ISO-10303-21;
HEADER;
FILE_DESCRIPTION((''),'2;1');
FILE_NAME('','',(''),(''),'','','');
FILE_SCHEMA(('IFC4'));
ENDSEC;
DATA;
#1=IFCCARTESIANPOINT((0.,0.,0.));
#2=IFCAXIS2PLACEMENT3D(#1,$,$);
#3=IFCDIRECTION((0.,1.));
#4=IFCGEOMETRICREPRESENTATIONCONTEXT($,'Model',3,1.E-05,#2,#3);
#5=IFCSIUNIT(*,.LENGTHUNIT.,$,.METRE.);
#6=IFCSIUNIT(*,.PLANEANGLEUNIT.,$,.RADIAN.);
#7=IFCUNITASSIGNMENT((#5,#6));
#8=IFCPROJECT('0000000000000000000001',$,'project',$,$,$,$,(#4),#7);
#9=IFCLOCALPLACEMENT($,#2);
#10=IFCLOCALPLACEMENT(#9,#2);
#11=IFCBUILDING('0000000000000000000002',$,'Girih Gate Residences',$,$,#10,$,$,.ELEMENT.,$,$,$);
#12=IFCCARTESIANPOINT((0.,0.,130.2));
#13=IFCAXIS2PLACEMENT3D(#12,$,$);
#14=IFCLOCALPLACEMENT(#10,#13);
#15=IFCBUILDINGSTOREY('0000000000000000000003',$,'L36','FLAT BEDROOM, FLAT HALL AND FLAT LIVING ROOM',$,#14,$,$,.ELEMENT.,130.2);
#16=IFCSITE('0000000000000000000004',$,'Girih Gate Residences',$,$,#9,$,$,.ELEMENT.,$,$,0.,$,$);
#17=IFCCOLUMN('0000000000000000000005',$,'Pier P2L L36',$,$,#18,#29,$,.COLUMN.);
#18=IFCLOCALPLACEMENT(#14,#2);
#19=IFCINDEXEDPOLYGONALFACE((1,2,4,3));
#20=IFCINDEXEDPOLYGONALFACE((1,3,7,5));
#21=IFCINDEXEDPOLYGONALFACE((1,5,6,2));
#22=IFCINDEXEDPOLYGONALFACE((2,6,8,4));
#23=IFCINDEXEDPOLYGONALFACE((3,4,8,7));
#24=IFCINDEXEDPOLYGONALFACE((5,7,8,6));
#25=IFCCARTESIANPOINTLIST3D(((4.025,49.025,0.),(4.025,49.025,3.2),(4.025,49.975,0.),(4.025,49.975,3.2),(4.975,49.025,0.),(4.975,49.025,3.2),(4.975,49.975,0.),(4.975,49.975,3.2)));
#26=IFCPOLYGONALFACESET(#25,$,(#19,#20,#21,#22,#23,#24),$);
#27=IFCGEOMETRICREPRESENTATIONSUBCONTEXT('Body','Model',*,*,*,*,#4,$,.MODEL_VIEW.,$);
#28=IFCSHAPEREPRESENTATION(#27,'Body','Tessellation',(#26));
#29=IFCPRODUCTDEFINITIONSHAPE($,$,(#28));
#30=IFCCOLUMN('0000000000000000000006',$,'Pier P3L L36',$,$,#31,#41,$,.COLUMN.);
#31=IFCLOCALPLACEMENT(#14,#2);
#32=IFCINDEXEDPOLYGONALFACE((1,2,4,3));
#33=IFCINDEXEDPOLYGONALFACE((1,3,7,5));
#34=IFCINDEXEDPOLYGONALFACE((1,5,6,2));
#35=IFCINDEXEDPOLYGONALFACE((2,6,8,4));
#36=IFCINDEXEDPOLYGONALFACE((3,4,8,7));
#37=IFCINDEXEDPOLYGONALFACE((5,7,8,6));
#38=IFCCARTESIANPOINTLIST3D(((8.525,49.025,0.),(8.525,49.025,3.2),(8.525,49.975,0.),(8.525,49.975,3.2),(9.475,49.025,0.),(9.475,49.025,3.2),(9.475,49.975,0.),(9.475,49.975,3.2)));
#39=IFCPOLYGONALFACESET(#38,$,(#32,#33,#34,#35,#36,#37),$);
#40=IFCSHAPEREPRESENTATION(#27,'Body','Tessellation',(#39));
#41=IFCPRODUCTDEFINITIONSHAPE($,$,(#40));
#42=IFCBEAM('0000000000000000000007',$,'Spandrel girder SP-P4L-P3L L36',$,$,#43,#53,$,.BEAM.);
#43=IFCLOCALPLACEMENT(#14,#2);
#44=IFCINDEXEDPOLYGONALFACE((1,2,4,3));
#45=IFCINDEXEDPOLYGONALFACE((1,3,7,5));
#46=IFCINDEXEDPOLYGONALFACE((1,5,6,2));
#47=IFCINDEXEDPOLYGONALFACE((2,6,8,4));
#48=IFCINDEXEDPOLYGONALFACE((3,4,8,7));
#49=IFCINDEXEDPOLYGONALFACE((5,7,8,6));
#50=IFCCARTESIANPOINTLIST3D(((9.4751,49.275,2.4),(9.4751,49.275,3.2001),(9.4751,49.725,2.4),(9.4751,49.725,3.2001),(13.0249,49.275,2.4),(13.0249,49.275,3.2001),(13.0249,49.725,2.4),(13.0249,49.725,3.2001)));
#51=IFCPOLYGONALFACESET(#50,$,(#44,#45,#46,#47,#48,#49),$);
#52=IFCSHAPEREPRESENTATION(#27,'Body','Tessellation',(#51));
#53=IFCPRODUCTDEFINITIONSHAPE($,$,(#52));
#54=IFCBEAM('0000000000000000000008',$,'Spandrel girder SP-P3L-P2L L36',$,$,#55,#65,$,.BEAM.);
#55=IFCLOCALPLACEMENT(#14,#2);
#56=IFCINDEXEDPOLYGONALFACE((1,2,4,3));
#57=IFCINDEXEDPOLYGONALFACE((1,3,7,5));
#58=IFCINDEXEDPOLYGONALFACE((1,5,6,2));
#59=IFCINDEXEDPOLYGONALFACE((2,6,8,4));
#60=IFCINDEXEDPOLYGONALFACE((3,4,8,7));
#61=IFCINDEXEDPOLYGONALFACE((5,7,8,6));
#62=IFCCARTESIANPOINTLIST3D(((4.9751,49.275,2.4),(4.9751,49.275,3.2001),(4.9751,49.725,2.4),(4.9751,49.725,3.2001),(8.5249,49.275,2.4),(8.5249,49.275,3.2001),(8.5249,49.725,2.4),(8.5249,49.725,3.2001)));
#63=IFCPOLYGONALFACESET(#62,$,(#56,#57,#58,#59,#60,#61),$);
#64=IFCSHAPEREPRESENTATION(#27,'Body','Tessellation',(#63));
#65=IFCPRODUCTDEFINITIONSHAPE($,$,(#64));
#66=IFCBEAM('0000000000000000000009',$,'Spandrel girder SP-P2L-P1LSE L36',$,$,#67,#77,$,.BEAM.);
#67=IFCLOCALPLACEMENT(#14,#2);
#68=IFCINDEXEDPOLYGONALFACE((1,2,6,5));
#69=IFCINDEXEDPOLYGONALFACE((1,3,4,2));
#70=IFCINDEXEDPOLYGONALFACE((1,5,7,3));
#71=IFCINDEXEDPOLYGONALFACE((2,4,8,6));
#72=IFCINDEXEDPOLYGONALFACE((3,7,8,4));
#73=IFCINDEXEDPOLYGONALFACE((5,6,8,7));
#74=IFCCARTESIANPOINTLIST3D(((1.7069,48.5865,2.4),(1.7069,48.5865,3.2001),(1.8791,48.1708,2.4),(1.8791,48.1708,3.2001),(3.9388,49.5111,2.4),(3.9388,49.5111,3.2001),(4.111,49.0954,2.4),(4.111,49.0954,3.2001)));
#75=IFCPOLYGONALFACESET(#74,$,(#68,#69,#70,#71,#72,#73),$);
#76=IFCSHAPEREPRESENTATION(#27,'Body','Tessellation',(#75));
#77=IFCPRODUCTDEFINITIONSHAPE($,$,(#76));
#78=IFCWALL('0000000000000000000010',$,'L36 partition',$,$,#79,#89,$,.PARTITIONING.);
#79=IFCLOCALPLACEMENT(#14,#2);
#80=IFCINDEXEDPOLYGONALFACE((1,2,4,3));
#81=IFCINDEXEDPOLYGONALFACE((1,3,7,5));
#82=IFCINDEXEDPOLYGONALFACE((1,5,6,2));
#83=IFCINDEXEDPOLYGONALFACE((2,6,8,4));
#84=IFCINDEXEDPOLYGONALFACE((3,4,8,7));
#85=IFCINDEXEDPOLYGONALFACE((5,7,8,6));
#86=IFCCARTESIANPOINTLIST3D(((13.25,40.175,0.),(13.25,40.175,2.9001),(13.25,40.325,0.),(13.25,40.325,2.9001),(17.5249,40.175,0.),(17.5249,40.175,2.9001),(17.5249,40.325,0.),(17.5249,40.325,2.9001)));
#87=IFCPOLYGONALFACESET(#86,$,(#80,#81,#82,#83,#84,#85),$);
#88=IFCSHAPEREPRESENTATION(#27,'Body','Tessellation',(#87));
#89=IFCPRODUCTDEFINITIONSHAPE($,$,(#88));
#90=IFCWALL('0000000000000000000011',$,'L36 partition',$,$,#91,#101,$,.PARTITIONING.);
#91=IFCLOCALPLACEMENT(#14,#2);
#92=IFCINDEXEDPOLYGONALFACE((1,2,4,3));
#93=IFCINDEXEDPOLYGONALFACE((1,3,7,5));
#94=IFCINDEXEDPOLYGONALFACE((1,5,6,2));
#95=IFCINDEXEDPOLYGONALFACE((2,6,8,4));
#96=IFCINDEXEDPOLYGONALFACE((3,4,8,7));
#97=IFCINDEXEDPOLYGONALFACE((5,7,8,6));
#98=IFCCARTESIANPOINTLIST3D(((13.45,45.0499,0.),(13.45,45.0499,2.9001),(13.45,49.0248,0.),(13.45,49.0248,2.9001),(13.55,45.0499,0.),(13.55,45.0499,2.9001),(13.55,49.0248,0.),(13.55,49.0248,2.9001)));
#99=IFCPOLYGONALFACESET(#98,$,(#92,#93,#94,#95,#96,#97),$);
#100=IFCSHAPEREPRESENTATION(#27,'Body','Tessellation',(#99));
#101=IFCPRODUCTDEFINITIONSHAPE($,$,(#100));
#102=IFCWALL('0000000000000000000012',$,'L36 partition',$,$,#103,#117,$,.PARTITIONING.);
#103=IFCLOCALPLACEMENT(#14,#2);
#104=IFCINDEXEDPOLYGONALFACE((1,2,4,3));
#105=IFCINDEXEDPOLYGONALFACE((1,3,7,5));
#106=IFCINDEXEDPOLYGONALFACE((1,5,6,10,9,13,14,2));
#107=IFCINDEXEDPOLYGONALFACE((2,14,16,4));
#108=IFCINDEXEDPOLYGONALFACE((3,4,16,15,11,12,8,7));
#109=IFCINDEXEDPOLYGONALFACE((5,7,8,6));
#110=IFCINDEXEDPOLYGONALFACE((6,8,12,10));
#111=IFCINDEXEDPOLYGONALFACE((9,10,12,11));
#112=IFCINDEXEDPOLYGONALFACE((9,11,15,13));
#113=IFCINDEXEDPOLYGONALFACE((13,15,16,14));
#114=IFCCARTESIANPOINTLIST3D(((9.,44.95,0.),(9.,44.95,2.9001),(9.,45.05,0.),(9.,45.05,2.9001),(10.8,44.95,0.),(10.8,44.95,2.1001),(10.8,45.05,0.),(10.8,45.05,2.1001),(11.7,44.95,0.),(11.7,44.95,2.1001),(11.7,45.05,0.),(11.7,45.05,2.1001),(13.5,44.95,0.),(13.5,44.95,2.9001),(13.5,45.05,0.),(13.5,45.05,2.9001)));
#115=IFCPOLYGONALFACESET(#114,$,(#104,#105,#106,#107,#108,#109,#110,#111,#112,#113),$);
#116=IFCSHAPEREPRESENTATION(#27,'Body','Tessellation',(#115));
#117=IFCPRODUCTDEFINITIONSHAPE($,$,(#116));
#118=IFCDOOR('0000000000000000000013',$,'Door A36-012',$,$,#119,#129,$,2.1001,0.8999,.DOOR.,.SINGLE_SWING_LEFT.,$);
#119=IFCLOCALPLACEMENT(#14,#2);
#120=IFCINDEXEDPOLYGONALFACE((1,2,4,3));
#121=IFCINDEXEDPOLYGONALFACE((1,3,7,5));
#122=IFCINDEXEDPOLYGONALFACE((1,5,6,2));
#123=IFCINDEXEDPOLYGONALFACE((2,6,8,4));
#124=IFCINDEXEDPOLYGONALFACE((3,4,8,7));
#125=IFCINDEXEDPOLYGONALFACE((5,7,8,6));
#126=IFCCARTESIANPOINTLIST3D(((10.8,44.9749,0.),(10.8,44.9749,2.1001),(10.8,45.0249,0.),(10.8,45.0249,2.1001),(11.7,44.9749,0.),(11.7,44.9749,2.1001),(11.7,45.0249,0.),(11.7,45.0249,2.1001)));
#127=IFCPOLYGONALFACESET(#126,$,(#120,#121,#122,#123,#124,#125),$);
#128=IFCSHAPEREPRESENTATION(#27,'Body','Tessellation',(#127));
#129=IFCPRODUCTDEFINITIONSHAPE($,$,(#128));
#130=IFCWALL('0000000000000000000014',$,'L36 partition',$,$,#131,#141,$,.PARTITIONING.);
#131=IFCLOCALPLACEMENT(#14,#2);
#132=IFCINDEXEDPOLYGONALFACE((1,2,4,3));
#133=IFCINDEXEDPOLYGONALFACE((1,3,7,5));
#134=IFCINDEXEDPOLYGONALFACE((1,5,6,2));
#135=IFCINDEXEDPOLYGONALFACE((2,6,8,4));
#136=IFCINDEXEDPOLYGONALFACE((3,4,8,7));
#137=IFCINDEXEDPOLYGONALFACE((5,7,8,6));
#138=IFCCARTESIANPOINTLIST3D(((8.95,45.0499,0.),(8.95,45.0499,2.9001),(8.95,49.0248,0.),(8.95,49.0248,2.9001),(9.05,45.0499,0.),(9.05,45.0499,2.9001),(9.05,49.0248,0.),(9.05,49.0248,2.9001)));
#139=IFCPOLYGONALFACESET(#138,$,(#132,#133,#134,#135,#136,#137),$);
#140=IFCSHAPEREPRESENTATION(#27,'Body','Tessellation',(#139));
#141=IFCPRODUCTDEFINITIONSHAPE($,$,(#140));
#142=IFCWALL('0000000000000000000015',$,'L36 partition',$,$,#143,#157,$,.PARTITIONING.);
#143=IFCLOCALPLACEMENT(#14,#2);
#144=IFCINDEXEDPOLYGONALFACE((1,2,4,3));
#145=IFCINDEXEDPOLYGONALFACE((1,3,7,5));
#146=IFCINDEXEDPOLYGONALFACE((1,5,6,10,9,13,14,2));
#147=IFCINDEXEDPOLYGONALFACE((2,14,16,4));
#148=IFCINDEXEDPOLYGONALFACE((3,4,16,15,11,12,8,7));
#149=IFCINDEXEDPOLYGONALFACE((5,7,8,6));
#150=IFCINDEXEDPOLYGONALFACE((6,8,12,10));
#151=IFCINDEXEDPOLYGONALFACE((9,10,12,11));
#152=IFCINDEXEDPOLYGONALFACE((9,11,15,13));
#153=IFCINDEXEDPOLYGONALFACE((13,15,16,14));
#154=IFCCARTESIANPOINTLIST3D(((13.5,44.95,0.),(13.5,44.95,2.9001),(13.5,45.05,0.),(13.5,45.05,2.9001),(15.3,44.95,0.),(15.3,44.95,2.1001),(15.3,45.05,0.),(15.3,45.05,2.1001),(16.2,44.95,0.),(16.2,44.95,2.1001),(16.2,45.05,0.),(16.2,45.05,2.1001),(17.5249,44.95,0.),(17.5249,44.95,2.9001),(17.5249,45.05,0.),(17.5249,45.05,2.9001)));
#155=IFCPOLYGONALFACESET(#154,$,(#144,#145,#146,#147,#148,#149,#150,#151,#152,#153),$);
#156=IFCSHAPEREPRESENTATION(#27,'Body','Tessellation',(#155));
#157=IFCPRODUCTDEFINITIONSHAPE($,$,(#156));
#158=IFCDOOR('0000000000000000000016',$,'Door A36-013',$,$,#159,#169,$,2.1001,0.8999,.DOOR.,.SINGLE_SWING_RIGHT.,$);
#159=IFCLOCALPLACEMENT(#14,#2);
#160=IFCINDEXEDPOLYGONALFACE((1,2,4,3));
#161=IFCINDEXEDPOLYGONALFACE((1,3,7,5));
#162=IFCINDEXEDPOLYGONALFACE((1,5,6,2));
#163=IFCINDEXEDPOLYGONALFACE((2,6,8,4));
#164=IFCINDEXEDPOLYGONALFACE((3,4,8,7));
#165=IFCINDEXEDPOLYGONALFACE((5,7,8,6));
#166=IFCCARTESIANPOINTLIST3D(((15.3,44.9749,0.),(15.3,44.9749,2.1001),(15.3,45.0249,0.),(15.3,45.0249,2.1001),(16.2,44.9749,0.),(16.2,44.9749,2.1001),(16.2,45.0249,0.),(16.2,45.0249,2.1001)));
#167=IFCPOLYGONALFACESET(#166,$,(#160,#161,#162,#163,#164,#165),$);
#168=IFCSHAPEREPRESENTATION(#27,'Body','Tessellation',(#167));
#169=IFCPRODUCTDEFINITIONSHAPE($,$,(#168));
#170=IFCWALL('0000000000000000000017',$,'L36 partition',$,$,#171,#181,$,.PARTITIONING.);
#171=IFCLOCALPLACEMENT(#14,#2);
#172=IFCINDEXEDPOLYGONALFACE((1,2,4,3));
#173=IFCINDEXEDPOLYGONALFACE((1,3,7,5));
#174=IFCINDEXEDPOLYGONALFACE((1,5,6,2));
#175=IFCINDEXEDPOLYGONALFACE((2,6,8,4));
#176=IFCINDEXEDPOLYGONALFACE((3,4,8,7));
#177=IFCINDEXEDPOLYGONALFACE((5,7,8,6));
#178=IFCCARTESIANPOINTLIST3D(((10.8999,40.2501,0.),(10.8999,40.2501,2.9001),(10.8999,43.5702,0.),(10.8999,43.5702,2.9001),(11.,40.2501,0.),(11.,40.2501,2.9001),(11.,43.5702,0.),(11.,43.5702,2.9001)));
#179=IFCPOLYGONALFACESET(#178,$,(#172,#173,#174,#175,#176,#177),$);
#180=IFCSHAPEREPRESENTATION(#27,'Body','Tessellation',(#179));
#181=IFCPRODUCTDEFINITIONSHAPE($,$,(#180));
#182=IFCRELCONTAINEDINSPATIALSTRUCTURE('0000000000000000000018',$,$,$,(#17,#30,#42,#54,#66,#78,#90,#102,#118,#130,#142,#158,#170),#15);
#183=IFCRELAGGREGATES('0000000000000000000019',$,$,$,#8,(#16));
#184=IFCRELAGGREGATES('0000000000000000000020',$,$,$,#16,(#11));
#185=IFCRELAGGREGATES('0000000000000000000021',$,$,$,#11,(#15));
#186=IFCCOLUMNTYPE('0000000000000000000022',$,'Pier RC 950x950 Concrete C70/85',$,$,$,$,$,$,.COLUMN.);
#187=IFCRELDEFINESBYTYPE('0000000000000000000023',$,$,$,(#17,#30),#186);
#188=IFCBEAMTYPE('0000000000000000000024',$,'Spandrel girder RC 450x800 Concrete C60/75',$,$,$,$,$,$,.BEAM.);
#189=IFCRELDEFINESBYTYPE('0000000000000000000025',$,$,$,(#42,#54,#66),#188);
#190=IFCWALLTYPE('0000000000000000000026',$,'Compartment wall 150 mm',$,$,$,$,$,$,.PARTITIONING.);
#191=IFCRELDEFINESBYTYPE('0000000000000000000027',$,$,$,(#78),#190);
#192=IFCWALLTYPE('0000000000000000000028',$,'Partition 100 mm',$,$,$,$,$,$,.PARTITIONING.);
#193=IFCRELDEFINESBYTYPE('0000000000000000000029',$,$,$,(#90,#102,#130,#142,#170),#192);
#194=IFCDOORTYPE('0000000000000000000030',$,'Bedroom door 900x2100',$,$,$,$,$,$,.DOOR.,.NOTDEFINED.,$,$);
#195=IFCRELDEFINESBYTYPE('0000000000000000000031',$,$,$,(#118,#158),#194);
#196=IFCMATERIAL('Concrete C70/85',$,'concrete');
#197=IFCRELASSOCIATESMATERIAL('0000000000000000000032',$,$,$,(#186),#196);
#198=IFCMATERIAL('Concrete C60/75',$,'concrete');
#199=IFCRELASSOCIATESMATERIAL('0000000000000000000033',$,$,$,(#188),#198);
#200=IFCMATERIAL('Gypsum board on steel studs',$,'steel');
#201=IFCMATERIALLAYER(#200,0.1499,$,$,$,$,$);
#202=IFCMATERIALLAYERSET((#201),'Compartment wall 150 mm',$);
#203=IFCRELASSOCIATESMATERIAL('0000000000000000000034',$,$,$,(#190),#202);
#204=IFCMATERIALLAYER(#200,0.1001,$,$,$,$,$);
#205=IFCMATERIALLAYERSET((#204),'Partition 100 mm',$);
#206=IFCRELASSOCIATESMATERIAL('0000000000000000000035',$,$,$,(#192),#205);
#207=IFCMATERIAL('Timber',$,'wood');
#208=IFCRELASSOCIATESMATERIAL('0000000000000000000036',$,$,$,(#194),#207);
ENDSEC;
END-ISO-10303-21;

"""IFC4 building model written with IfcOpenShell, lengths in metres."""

from ifc_helpers import new_model, si_unit, direction, frame, frame_2d, origin, origin_2d, place, context, subcontext, project, spatial, rectangle, extrude, material, layer, layer_set, material_profile, profile_set, type_object, element, fill, save


model = new_model("IFC4")

# Units and contexts
model_context = context("Model", 3, precision=1e-05, world=origin(), true_north=direction((0.0, 1.0)))
body_context = subcontext(model_context, "Body", "Model", "MODEL_VIEW")
ifc_project = project(units=[si_unit("LENGTHUNIT", "METRE"), si_unit("PLANEANGLEUNIT", "RADIAN")], contexts=[model_context])

# Site, building, storey
site_placement = place(None, origin())
site = spatial("IfcSite", under=ifc_project, at=site_placement, Name="Girih Gate Residences", CompositionType="ELEMENT", RefElevation=0.0)
building_placement = place(site_placement, origin())
building = spatial("IfcBuilding", under=site, at=building_placement, Name="Girih Gate Residences", CompositionType="ELEMENT")
storey_placement = place(building_placement, frame((0.0, 0.0, 130.2)))
storey = spatial("IfcBuildingStorey", under=building, at=storey_placement, Name="L36", Description="FLAT BEDROOM, FLAT HALL AND FLAT LIVING ROOM", CompositionType="ELEMENT", Elevation=130.2)

# Columns
ifc_material_1 = material(Name="Concrete C70/85", Category="concrete")
ifc_material_profile_1 = material_profile(ifc_material_1, rectangle(XDim=0.95, YDim=0.95, at=origin_2d()))
ifc_profile_set_1 = profile_set([ifc_material_profile_1], Name="Concrete C70/85")
column_type = type_object("IfcColumnType", Name="Pier RC 950x950 Concrete C70/85", PredefinedType="COLUMN", material=ifc_profile_set_1)
for number, where, z_axis, x_axis, name in (
    (1, (4.5, 49.5, 0.0), (0.0, 0.0, 1.0), (1.0, 0.0, 0.0), "Pier P2L L36"),
    (2, (9.0, 49.5, 0.0), (0.0, 0.0, 1.0), (1.0, 0.0, 0.0), "Pier P3L L36"),
):
    element("IfcColumn", number, at=place(storey_placement, frame(where, z_axis=z_axis, x_axis=x_axis)), inside=storey, type_object=column_type, Name=name, PredefinedType="COLUMN", context=body_context, shape_type="SweptSolid", body=[
        extrude(rectangle(XDim=0.95, YDim=0.95, at=origin_2d()), origin(), (0.0, 0.0, 1.0), 3.2),
    ])

# Beams
ifc_material_2 = material(Name="Concrete C60/75", Category="concrete")
ifc_material_profile_2 = material_profile(ifc_material_2, rectangle(XDim=0.45, YDim=0.8, at=origin_2d()))
ifc_profile_set_2 = profile_set([ifc_material_profile_2], Name="Concrete C60/75")
beam_type = type_object("IfcBeamType", Name="Spandrel girder RC 450x800 Concrete C60/75", PredefinedType="BEAM", material=ifc_profile_set_2)
for number, where, z_axis, x_axis, name in (
    (3, (13.0249, 49.5, 2.8), (-1.0, 0.0, 0.0), (0.0, -1.0, 0.0), "Spandrel girder SP-P4L-P3L L36"),
    (4, (8.5249, 49.5, 2.8), (-1.0, 0.0, 0.0), (0.0, -1.0, 0.0), "Spandrel girder SP-P3L-P2L L36"),
):
    element("IfcBeam", number, at=place(storey_placement, frame(where, z_axis=z_axis, x_axis=x_axis)), inside=storey, type_object=beam_type, Name=name, PredefinedType="BEAM", context=body_context, shape_type="SweptSolid", body=[
        extrude(rectangle(XDim=0.45, YDim=0.8, at=origin_2d()), origin(), (0.0, 0.0, 1.0), 3.5498),
    ])
beam_placement = place(storey_placement, frame((4.0249, 49.3032, 2.8), z_axis=(-0.92387, -0.382706, 0.0), x_axis=(0.382706, -0.92387, 0.0)))
element("IfcBeam", 5, at=beam_placement, inside=storey, type_object=beam_type, Name="Spandrel girder SP-P2L-P1LSE L36", PredefinedType="BEAM", context=body_context, shape_type="SweptSolid", body=[
    extrude(rectangle(XDim=0.45, YDim=0.8, at=origin_2d()), origin(), (0.0, 0.0, 1.0), 2.4158),
])

# Walls
ifc_material_3 = material(Name="Gypsum board on steel studs", Category="steel")
ifc_layer_1 = layer(ifc_material_3, 0.1499)
ifc_layer_set_1 = layer_set([ifc_layer_1], Name="Compartment wall 150 mm")
wall_type_1 = type_object("IfcWallType", Name="Compartment wall 150 mm", PredefinedType="PARTITIONING", material=ifc_layer_set_1)
wall_1_placement = place(storey_placement, frame((13.25, 40.25, 0.0), z_axis=(0.0, 0.0, 1.0), x_axis=(1.0, 0.0, 0.0)))
element("IfcWall", 6, at=wall_1_placement, inside=storey, type_object=wall_type_1, Name="L36 partition", PredefinedType="PARTITIONING", context=body_context, shape_type="SweptSolid", body=[
    extrude(rectangle(XDim=4.2749, YDim=0.1499, at=frame_2d((2.1375, 0.0))), origin(), (0.0, 0.0, 1.0), 2.9001),
])
ifc_layer_2 = layer(ifc_material_3, 0.1001)
ifc_layer_set_2 = layer_set([ifc_layer_2], Name="Partition 100 mm")
wall_type_2 = type_object("IfcWallType", Name="Partition 100 mm", PredefinedType="PARTITIONING", material=ifc_layer_set_2)
wall_2_placement = place(storey_placement, frame((13.5, 45.05, 0.0), z_axis=(0.0, 0.0, 1.0), x_axis=(0.0, 1.0, 0.0)))
element("IfcWall", 7, at=wall_2_placement, inside=storey, type_object=wall_type_2, Name="L36 partition", PredefinedType="PARTITIONING", context=body_context, shape_type="SweptSolid", body=[
    extrude(rectangle(XDim=3.9749, YDim=0.1001, at=frame_2d((1.9873, 0.0))), origin(), (0.0, 0.0, 1.0), 2.9001),
])

# Wall, opening, door
wall_3_placement = place(storey_placement, frame((9.0, 45.0, 0.0), z_axis=(0.0, 0.0, 1.0), x_axis=(1.0, 0.0, 0.0)))
wall_3 = element("IfcWall", 8, at=wall_3_placement, inside=storey, type_object=wall_type_2, Name="L36 partition", PredefinedType="PARTITIONING", context=body_context, shape_type="SweptSolid", body=[
    extrude(rectangle(XDim=4.5, YDim=0.1001, at=frame_2d((2.25, 0.0))), origin(), (0.0, 0.0, 1.0), 2.9001),
])
opening_1_placement = place(wall_3_placement, frame((1.8, 0.0, 0.0)))
opening_1 = element("IfcOpeningElement", 9, at=opening_1_placement, cuts=wall_3, PredefinedType="OPENING", context=body_context, shape_type="SweptSolid", body=[
    extrude(rectangle(XDim=0.8999, YDim=2.1001, at=frame_2d((0.45, 1.05))), frame((0.0, 0.0601, 0.0), z_axis=(0.0, -1.0, 0.0), x_axis=(1.0, 0.0, 0.0)), (0.0, 0.0, 1.0), 0.1201),
])
ifc_material_4 = material(Name="Timber", Category="wood")
door_type = type_object("IfcDoorType", Name="Bedroom door 900x2100", OperationType="NOTDEFINED", PredefinedType="DOOR", material=ifc_material_4)
door_1_placement = place(opening_1_placement, origin())
door_1 = element("IfcDoor", 10, at=door_1_placement, inside=storey, type_object=door_type, Name="Door A36-012", OperationType="SINGLE_SWING_LEFT", OverallHeight=2.1001, OverallWidth=0.8999, PredefinedType="DOOR", context=body_context, shape_type="SweptSolid", body=[
    extrude(rectangle(XDim=0.8999, YDim=2.1001, at=frame_2d((0.45, 1.05))), frame((0.0, 0.0249, 0.0), z_axis=(0.0, -1.0, 0.0), x_axis=(1.0, 0.0, 0.0)), (0.0, 0.0, 1.0), 0.05),
])
fill(opening_1, door_1)

# Wall
wall_4_placement = place(storey_placement, frame((9.0, 45.05, 0.0), z_axis=(0.0, 0.0, 1.0), x_axis=(0.0, 1.0, 0.0)))
element("IfcWall", 11, at=wall_4_placement, inside=storey, type_object=wall_type_2, Name="L36 partition", PredefinedType="PARTITIONING", context=body_context, shape_type="SweptSolid", body=[
    extrude(rectangle(XDim=3.9749, YDim=0.1001, at=frame_2d((1.9873, 0.0))), origin(), (0.0, 0.0, 1.0), 2.9001),
])

# Wall, opening, door
wall_5_placement = place(storey_placement, frame((13.5, 45.0, 0.0), z_axis=(0.0, 0.0, 1.0), x_axis=(1.0, 0.0, 0.0)))
wall_5 = element("IfcWall", 12, at=wall_5_placement, inside=storey, type_object=wall_type_2, Name="L36 partition", PredefinedType="PARTITIONING", context=body_context, shape_type="SweptSolid", body=[
    extrude(rectangle(XDim=4.0249, YDim=0.1001, at=frame_2d((2.0125, 0.0))), origin(), (0.0, 0.0, 1.0), 2.9001),
])
opening_2_placement = place(wall_5_placement, frame((1.8, 0.0, 0.0)))
opening_2 = element("IfcOpeningElement", 13, at=opening_2_placement, cuts=wall_5, PredefinedType="OPENING", context=body_context, shape_type="SweptSolid", body=[
    extrude(rectangle(XDim=0.8999, YDim=2.1001, at=frame_2d((0.45, 1.05))), frame((0.0, 0.0601, 0.0), z_axis=(0.0, -1.0, 0.0), x_axis=(1.0, 0.0, 0.0)), (0.0, 0.0, 1.0), 0.1201),
])
door_2_placement = place(opening_2_placement, origin())
door_2 = element("IfcDoor", 14, at=door_2_placement, inside=storey, type_object=door_type, Name="Door A36-013", OperationType="SINGLE_SWING_RIGHT", OverallHeight=2.1001, OverallWidth=0.8999, PredefinedType="DOOR", context=body_context, shape_type="SweptSolid", body=[
    extrude(rectangle(XDim=0.8999, YDim=2.1001, at=frame_2d((0.45, 1.05))), frame((0.0, 0.0249, 0.0), z_axis=(0.0, -1.0, 0.0), x_axis=(1.0, 0.0, 0.0)), (0.0, 0.0, 1.0), 0.05),
])
fill(opening_2, door_2)

# Wall
wall_6_placement = place(storey_placement, frame((10.95, 40.25, 0.0), z_axis=(0.0, 0.0, 1.0), x_axis=(0.0, 1.0, 0.0)))
element("IfcWall", 15, at=wall_6_placement, inside=storey, type_object=wall_type_2, Name="L36 partition", PredefinedType="PARTITIONING", context=body_context, shape_type="SweptSolid", body=[
    extrude(rectangle(XDim=3.3201, YDim=0.1001, at=frame_2d((1.6602, 0.0))), origin(), (0.0, 0.0, 1.0), 2.9001),
])

save(model, "model.ifc")
